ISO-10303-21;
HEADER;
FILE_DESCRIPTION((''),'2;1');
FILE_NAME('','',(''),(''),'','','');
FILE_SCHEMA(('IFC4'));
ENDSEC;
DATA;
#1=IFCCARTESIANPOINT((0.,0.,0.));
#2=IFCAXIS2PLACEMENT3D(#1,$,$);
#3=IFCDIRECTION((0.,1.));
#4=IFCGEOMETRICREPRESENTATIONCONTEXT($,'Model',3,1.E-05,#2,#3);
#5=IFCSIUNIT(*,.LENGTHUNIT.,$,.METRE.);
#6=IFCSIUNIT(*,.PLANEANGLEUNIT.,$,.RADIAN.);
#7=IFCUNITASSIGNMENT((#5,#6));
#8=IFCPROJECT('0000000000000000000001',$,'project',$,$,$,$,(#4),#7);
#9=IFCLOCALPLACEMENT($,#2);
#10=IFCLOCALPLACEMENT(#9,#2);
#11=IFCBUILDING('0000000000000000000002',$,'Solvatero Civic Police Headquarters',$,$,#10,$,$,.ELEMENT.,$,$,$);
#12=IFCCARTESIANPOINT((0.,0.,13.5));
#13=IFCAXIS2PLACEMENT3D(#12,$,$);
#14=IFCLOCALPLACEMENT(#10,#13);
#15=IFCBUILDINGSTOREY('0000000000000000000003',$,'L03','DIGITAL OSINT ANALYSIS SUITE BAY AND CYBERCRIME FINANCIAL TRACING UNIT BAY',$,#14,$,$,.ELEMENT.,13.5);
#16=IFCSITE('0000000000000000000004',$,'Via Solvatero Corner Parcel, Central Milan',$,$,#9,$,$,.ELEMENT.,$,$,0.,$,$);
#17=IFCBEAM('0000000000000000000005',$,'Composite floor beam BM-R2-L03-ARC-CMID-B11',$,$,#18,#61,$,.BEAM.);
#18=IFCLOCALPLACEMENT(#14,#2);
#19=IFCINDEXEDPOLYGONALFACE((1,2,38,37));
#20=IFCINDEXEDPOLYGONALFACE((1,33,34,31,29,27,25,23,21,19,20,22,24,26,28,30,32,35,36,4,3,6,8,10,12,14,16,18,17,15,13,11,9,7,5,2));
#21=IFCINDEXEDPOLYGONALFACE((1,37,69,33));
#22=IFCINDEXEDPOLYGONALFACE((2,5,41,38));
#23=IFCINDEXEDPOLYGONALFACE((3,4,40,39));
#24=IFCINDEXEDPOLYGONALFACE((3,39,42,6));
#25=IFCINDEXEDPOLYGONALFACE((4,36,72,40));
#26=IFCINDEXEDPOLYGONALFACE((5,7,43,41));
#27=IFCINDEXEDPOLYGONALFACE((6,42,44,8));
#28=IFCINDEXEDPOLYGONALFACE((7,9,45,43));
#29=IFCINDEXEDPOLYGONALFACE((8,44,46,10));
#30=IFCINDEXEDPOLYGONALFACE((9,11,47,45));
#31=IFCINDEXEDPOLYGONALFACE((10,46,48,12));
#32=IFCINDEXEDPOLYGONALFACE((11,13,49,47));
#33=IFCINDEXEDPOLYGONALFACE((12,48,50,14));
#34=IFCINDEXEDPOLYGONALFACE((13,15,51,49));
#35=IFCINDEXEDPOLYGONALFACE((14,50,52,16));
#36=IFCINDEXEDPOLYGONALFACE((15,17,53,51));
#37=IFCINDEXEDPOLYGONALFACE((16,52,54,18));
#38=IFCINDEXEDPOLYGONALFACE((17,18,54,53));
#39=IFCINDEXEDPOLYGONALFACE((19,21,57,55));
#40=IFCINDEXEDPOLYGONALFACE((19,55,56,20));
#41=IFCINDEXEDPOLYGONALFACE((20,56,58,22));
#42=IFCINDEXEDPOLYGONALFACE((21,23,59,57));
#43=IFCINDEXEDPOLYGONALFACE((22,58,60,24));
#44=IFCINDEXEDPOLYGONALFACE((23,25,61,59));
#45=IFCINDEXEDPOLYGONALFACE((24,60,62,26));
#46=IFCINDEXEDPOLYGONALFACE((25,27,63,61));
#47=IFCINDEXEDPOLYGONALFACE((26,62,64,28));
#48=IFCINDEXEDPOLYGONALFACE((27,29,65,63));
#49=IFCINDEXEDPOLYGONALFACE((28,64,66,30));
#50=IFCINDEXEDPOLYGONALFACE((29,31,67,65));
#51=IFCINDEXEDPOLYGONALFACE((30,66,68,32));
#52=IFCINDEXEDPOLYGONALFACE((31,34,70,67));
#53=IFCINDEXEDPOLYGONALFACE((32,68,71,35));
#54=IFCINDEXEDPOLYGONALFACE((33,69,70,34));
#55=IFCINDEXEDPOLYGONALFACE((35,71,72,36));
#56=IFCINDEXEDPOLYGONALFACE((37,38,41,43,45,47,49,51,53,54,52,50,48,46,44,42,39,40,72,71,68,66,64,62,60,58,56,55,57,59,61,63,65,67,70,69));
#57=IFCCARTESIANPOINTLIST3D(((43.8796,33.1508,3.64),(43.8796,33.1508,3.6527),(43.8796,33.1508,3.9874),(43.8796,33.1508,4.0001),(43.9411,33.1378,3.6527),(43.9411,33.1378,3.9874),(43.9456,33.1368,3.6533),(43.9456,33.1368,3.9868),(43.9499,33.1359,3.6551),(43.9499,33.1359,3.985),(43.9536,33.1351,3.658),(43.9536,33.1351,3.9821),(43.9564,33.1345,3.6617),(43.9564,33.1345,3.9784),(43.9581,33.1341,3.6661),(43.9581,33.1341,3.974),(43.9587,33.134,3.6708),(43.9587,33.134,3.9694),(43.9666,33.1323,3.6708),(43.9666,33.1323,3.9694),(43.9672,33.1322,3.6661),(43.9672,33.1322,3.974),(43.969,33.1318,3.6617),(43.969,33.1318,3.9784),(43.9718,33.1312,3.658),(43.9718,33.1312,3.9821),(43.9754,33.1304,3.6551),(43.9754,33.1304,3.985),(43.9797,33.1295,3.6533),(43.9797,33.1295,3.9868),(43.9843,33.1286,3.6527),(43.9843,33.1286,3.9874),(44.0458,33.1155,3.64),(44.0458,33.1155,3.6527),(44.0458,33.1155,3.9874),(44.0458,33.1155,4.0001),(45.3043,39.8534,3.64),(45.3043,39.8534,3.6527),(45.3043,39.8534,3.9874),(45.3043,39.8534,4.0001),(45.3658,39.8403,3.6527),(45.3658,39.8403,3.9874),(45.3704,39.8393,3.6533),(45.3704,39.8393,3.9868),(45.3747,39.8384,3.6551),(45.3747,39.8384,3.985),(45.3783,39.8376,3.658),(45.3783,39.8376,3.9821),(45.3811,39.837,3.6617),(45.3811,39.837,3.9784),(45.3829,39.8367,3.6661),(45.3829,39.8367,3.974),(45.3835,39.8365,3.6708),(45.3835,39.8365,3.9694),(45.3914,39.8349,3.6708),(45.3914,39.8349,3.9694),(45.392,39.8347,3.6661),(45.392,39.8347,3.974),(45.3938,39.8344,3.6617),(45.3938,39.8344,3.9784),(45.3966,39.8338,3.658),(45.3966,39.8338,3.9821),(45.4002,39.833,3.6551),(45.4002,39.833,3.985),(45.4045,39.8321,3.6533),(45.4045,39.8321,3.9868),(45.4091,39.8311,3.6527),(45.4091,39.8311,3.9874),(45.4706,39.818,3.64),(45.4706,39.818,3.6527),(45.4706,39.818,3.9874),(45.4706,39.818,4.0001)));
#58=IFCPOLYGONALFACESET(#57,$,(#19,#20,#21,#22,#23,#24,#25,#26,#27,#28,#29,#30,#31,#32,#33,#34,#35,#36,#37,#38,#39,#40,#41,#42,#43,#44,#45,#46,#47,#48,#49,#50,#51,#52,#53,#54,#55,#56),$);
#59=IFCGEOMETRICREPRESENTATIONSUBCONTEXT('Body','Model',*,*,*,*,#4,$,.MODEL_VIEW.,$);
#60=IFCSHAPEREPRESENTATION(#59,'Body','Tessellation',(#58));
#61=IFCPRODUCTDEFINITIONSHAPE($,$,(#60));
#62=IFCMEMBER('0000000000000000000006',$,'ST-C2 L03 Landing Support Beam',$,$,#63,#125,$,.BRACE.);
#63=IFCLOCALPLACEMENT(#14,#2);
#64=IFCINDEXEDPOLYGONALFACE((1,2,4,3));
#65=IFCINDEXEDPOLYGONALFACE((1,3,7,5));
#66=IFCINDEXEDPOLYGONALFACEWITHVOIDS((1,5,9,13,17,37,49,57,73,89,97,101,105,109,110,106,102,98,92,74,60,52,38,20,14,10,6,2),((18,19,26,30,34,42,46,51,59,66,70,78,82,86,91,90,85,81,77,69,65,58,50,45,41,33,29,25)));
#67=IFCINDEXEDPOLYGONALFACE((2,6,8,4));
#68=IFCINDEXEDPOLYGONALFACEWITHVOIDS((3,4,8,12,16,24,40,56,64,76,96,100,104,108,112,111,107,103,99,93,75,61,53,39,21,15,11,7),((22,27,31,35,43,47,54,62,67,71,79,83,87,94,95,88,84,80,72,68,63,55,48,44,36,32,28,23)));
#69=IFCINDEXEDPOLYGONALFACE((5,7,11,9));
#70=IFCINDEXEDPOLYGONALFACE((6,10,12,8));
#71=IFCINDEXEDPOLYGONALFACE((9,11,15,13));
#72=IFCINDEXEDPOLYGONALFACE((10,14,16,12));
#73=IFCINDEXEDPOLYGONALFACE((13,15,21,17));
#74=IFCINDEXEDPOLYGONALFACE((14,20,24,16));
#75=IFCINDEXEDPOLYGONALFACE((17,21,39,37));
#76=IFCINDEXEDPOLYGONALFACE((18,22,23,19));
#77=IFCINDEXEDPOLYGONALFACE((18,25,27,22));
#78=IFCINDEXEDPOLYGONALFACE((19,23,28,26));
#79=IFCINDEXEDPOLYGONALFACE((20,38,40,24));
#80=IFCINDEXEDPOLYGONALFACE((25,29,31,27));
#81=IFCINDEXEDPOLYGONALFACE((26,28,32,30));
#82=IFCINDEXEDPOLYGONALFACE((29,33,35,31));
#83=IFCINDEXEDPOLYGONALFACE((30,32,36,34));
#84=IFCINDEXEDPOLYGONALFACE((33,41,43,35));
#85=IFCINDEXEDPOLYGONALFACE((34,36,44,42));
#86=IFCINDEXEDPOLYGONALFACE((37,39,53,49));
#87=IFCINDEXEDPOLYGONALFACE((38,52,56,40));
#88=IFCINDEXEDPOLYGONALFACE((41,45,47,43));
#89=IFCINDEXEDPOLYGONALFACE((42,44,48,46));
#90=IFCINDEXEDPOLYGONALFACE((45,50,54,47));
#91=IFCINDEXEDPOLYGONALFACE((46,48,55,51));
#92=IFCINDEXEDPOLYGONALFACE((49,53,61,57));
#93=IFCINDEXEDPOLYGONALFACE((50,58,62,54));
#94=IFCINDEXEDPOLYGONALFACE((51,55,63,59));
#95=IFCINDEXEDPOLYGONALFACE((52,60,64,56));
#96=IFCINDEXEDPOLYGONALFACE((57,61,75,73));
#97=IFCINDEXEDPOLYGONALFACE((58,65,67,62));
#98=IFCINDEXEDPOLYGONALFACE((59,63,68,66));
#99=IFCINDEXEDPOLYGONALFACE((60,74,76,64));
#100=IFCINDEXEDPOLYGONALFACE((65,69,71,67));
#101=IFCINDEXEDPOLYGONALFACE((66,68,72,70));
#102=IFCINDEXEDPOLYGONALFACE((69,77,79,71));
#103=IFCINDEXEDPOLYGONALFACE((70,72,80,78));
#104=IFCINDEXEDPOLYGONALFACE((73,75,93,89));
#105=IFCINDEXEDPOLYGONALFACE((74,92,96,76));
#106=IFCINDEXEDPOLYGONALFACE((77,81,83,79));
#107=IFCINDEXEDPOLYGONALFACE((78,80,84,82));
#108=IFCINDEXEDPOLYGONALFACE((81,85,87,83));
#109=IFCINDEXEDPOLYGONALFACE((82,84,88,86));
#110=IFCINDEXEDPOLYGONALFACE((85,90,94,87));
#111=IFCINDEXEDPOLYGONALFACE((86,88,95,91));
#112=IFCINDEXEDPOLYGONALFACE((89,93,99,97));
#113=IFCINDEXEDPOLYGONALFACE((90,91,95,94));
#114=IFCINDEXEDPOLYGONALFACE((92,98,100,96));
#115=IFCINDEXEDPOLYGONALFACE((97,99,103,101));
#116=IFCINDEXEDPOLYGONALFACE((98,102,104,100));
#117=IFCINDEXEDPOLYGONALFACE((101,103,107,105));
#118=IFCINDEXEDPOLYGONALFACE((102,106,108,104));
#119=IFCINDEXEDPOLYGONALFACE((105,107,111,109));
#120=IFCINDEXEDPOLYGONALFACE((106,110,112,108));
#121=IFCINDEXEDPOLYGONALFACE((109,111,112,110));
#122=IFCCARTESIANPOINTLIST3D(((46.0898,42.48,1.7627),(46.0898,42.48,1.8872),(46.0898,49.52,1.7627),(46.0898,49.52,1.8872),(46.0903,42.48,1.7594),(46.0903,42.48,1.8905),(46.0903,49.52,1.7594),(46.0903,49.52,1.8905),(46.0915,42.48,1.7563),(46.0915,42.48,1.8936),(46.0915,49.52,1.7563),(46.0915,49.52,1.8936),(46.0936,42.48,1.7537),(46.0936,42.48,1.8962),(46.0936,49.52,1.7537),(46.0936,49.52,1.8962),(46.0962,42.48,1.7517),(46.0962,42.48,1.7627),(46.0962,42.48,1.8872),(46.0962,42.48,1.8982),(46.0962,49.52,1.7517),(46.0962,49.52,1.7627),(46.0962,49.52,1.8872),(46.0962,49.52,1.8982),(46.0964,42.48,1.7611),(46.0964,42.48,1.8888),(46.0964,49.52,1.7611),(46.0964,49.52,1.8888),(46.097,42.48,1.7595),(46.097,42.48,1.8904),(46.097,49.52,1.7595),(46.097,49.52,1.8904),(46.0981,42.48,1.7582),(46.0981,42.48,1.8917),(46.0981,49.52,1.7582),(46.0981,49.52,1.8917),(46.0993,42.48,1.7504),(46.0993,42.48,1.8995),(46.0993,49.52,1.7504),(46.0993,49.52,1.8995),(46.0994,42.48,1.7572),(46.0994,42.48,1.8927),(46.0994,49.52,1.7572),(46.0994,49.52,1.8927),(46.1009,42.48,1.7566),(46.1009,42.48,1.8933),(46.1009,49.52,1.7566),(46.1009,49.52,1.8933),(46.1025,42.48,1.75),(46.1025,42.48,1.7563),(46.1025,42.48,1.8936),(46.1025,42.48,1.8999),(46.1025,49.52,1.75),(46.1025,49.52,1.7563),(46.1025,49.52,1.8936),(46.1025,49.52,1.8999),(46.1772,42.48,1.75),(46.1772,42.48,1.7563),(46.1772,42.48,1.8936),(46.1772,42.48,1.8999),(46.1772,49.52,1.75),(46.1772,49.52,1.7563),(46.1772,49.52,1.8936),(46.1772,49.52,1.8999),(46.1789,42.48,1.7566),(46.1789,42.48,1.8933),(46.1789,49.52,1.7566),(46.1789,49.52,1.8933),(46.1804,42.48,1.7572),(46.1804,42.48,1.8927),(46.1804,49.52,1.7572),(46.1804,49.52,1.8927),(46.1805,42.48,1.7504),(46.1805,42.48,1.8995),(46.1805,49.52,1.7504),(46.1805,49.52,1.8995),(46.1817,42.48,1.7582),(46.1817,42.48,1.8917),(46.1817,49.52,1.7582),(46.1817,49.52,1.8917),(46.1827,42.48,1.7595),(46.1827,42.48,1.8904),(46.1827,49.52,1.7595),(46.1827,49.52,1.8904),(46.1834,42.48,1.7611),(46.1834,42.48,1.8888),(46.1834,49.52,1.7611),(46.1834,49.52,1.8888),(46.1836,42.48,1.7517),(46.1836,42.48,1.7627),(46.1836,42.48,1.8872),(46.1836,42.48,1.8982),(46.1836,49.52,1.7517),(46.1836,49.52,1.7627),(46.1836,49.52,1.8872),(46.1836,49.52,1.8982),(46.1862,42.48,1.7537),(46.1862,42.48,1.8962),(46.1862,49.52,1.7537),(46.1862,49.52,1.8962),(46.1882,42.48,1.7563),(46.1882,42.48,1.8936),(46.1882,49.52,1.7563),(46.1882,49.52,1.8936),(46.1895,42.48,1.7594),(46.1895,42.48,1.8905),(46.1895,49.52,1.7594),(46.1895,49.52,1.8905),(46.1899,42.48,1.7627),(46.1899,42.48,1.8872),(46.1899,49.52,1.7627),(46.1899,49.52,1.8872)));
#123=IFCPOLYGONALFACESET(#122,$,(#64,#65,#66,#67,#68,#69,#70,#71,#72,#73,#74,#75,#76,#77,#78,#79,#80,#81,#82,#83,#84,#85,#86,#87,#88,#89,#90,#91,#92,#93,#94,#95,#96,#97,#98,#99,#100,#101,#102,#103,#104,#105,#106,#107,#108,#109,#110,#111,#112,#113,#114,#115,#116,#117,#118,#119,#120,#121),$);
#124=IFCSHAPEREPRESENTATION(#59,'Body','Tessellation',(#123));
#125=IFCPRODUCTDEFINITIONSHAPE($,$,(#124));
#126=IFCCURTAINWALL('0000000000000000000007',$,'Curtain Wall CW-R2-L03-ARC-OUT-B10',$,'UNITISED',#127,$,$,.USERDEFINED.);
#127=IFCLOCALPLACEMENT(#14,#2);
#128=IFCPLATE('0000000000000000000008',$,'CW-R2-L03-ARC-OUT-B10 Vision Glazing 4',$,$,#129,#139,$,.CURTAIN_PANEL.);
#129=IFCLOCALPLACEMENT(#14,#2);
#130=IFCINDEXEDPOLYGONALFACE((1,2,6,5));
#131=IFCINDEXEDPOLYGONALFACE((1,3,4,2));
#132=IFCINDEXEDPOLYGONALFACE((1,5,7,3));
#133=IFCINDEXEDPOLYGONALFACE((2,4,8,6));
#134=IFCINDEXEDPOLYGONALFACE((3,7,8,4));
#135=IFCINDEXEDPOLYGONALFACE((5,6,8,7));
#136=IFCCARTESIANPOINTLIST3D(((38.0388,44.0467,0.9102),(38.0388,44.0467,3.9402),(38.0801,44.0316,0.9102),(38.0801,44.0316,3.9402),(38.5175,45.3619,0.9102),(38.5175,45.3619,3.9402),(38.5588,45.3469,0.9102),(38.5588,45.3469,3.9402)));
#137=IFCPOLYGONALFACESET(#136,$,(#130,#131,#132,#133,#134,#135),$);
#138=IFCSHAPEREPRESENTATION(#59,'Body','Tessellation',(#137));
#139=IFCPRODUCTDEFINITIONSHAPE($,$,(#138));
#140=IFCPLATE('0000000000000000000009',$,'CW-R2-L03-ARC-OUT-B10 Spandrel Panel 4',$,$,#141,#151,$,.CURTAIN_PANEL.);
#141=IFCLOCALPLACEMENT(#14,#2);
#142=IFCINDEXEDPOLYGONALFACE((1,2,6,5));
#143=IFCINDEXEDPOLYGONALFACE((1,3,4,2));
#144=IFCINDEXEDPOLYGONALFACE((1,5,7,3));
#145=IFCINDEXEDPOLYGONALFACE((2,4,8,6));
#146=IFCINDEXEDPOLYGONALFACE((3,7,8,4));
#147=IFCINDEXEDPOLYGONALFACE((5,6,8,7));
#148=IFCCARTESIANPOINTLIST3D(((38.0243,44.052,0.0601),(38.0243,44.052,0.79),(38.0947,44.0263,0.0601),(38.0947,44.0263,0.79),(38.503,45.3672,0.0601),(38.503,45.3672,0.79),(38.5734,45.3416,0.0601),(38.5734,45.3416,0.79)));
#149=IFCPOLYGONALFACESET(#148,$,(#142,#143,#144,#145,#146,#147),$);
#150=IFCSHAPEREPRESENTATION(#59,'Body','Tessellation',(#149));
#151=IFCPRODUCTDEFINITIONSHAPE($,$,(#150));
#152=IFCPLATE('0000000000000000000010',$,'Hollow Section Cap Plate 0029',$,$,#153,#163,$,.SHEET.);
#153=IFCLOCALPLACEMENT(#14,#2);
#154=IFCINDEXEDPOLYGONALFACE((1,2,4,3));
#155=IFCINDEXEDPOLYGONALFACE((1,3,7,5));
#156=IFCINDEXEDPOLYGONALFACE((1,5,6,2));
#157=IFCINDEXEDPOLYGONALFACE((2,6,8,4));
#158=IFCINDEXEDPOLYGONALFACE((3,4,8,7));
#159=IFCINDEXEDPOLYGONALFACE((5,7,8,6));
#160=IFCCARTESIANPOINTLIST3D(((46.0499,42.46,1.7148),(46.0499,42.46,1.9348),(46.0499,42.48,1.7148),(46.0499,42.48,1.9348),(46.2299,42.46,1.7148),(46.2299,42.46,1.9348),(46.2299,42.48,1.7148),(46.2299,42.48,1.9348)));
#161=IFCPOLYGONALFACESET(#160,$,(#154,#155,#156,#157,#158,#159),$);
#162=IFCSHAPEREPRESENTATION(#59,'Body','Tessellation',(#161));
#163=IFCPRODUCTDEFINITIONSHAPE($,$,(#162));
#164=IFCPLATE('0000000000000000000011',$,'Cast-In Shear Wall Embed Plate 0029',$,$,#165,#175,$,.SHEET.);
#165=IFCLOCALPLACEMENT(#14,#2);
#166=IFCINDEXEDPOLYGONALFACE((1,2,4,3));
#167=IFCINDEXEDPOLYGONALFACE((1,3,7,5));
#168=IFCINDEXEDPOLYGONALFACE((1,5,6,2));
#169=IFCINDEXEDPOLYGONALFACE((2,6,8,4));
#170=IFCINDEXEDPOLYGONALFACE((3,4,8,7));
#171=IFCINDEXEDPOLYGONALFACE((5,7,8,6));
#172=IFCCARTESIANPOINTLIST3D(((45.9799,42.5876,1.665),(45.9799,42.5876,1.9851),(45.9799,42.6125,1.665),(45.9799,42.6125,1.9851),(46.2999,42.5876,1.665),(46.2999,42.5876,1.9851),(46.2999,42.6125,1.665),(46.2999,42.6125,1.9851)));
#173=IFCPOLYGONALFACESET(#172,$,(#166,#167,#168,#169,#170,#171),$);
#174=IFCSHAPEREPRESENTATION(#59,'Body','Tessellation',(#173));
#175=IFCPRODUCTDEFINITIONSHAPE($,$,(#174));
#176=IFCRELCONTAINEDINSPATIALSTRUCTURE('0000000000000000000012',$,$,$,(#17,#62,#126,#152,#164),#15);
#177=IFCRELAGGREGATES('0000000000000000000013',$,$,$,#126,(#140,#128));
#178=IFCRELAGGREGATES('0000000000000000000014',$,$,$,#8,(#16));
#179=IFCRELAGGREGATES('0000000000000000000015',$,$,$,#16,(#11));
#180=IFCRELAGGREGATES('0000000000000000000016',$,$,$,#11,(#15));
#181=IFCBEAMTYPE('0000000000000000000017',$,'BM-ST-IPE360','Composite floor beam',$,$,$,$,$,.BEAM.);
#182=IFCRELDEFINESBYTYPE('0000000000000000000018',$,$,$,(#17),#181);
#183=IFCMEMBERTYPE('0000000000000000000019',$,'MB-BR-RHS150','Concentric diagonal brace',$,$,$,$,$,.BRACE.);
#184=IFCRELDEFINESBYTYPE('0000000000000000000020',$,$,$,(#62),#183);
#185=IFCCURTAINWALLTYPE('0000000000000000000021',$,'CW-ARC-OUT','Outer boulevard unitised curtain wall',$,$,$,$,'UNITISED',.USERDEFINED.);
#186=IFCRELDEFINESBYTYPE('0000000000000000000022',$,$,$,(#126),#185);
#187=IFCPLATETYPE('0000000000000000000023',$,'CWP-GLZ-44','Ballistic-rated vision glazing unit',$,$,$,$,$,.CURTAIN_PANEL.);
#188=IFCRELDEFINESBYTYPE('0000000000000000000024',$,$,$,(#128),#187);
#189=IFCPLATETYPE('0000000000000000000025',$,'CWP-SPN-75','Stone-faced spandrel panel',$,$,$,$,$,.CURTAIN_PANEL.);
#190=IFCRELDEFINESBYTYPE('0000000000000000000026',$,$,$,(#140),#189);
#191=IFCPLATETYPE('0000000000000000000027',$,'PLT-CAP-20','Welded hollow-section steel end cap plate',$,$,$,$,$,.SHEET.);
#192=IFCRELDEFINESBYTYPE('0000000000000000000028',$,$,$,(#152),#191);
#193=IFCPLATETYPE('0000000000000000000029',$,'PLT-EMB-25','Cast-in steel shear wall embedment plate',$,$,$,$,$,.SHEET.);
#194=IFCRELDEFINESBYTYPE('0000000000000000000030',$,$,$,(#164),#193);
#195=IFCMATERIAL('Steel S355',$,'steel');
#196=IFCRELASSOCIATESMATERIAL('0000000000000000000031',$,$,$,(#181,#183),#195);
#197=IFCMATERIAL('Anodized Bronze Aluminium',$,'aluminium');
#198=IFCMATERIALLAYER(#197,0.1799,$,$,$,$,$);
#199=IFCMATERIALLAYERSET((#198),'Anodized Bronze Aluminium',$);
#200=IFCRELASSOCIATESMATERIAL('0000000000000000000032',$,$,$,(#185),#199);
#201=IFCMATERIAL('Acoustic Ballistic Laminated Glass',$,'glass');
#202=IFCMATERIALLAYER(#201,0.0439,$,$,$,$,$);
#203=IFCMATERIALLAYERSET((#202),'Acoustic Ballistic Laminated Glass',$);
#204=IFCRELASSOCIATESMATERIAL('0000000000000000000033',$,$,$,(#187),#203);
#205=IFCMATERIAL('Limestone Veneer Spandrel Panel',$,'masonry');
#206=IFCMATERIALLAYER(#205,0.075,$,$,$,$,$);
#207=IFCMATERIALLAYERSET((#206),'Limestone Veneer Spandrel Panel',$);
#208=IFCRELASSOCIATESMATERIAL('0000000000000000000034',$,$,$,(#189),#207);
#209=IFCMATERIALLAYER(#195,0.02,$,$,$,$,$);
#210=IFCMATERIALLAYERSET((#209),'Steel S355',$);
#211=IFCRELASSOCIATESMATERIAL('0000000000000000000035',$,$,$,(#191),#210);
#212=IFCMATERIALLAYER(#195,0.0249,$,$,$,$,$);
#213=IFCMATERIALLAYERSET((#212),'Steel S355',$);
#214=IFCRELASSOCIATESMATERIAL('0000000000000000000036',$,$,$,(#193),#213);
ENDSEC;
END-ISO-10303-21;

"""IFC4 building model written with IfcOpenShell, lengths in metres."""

from ifc_helpers import new_model, si_unit, direction, frame, origin, origin_2d, place, context, subcontext, project, spatial, rectangle, hollow_rectangle, i_section, extrude, material, layer, layer_set, material_profile, profile_set, type_object, element, aggregate, save


model = new_model("IFC4")

# Units and contexts
model_context = context("Model", 3, precision=1e-05, world=origin(), true_north=direction((0.0, 1.0)))
body_context = subcontext(model_context, "Body", "Model", "MODEL_VIEW")
ifc_project = project(units=[si_unit("LENGTHUNIT", "METRE"), si_unit("PLANEANGLEUNIT", "RADIAN")], contexts=[model_context])

# Site, building, storey
site_placement = place(None, origin())
site = spatial("IfcSite", under=ifc_project, at=site_placement, Name="Via Solvatero Corner Parcel, Central Milan", CompositionType="ELEMENT", RefElevation=0.0)
building_placement = place(site_placement, origin())
building = spatial("IfcBuilding", under=site, at=building_placement, Name="Solvatero Civic Police Headquarters", CompositionType="ELEMENT")
storey_placement = place(building_placement, frame((0.0, 0.0, 13.5)))
storey = spatial("IfcBuildingStorey", under=building, at=storey_placement, Name="L03", Description="DIGITAL OSINT ANALYSIS SUITE BAY AND CYBERCRIME FINANCIAL TRACING UNIT BAY", CompositionType="ELEMENT", Elevation=13.5)

# Shared definitions
ifc_material_1 = material(Name="Steel S355", Category="steel")

# Beam
ifc_material_profile_1 = material_profile(ifc_material_1, i_section(OverallWidth=0.1699, OverallDepth=0.3601, WebThickness=0.0081, FlangeThickness=0.0127, FilletRadius=0.0181, at=origin_2d()), Name="IPE 360")
ifc_profile_set_1 = profile_set([ifc_material_profile_1], Name="Steel S355")
beam_type_1 = type_object("IfcBeamType", Name="BM-ST-IPE360", Description="Composite floor beam", PredefinedType="BEAM", material=ifc_profile_set_1)
beam_1_placement = place(storey_placement, frame((45.3875, 39.8357, 3.8201), z_axis=(-0.207928, -0.978144, 0.0), x_axis=(0.978144, -0.207928, 0.0)))
element("IfcBeam", 1, at=beam_1_placement, inside=storey, type_object=beam_type_1, Name="Composite floor beam BM-R2-L03-ARC-CMID-B11", PredefinedType="BEAM", context=body_context, shape_type="SweptSolid", body=[
    extrude(i_section(OverallWidth=0.1699, OverallDepth=0.3601, WebThickness=0.0081, FlangeThickness=0.0127, FilletRadius=0.0181, at=origin_2d()), origin(), (0.0, 0.0, 1.0), 6.8523),
])

# Member
ifc_material_profile_2 = material_profile(ifc_material_1, hollow_rectangle(XDim=0.1001, YDim=0.1499, WallThickness=0.0063, InnerFilletRadius=0.0063, OuterFilletRadius=0.0127, at=origin_2d()), Name="RHS 150x100x6.3")
ifc_profile_set_2 = profile_set([ifc_material_profile_2], Name="Steel S355")
member_type = type_object("IfcMemberType", Name="MB-BR-RHS150", Description="Concentric diagonal brace", PredefinedType="BRACE", material=ifc_profile_set_2)
member_placement = place(storey_placement, frame((46.1399, 42.48, 1.825), z_axis=(0.0, 1.0, 0.0), x_axis=(-1.0, 0.0, 0.0)))
element("IfcMember", 2, at=member_placement, inside=storey, type_object=member_type, Name="ST-C2 L03 Landing Support Beam", PredefinedType="BRACE", context=body_context, shape_type="SweptSolid", body=[
    extrude(hollow_rectangle(XDim=0.1001, YDim=0.1499, WallThickness=0.0063, InnerFilletRadius=0.0063, OuterFilletRadius=0.0127, at=origin_2d()), origin(), (0.0, 0.0, 1.0), 7.04),
])

# Curtain wall, plates
ifc_material_2 = material(Name="Anodized Bronze Aluminium", Category="aluminium")
ifc_layer_1 = layer(ifc_material_2, 0.1799)
ifc_layer_set_1 = layer_set([ifc_layer_1], Name="Anodized Bronze Aluminium")
curtain_wall_type = type_object("IfcCurtainWallType", Name="CW-ARC-OUT", Description="Outer boulevard unitised curtain wall", ElementType="UNITISED", PredefinedType="USERDEFINED", material=ifc_layer_set_1)
curtain_wall_placement = place(storey_placement, origin())
curtain_wall = element("IfcCurtainWall", 3, at=curtain_wall_placement, inside=storey, type_object=curtain_wall_type, Name="Curtain Wall CW-R2-L03-ARC-OUT-B10", ObjectType="UNITISED", PredefinedType="USERDEFINED")
ifc_material_3 = material(Name="Acoustic Ballistic Laminated Glass", Category="glass")
ifc_layer_2 = layer(ifc_material_3, 0.0439)
ifc_layer_set_2 = layer_set([ifc_layer_2], Name="Acoustic Ballistic Laminated Glass")
plate_type_1 = type_object("IfcPlateType", Name="CWP-GLZ-44", Description="Ballistic-rated vision glazing unit", PredefinedType="CURTAIN_PANEL", material=ifc_layer_set_2)
plate_1_placement = place(storey_placement, frame((38.2988, 44.6968, 0.9102), z_axis=(0.0, 0.0, 1.0), x_axis=(-0.34202, -0.939693, 0.0)))
plate_1 = element("IfcPlate", 4, at=plate_1_placement, type_object=plate_type_1, Name="CW-R2-L03-ARC-OUT-B10 Vision Glazing 4", PredefinedType="CURTAIN_PANEL", context=body_context, shape_type="SweptSolid", body=[
    extrude(rectangle(XDim=1.3997, YDim=0.0439, at=origin_2d()), origin(), (0.0, 0.0, 1.0), 3.03),
])
ifc_material_4 = material(Name="Limestone Veneer Spandrel Panel", Category="masonry")
ifc_layer_3 = layer(ifc_material_4, 0.075)
ifc_layer_set_3 = layer_set([ifc_layer_3], Name="Limestone Veneer Spandrel Panel")
plate_type_2 = type_object("IfcPlateType", Name="CWP-SPN-75", Description="Stone-faced spandrel panel", PredefinedType="CURTAIN_PANEL", material=ifc_layer_set_3)
plate_2_placement = place(storey_placement, frame((38.2988, 44.6968, 0.0601), z_axis=(0.0, 0.0, 1.0), x_axis=(-0.34202, -0.939693, 0.0)))
plate_2 = element("IfcPlate", 5, at=plate_2_placement, type_object=plate_type_2, Name="CW-R2-L03-ARC-OUT-B10 Spandrel Panel 4", PredefinedType="CURTAIN_PANEL", context=body_context, shape_type="SweptSolid", body=[
    extrude(rectangle(XDim=1.3997, YDim=0.075, at=origin_2d()), origin(), (0.0, 0.0, 1.0), 0.73),
])
aggregate(curtain_wall, [plate_2, plate_1])

# Plates
ifc_layer_4 = layer(ifc_material_1, 0.02)
ifc_layer_set_4 = layer_set([ifc_layer_4], Name="Steel S355")
plate_type_3 = type_object("IfcPlateType", Name="PLT-CAP-20", Description="Welded hollow-section steel end cap plate", PredefinedType="SHEET", material=ifc_layer_set_4)
plate_3_placement = place(storey_placement, frame((46.1399, 42.47, 1.7148), z_axis=(0.0, 0.0, 1.0), x_axis=(1.0, 0.0, 0.0)))
element("IfcPlate", 6, at=plate_3_placement, inside=storey, type_object=plate_type_3, Name="Hollow Section Cap Plate 0029", PredefinedType="SHEET", context=body_context, shape_type="SweptSolid", body=[
    extrude(rectangle(XDim=0.1799, YDim=0.02, at=origin_2d()), origin(), (0.0, 0.0, 1.0), 0.22),
])
ifc_layer_5 = layer(ifc_material_1, 0.0249)
ifc_layer_set_5 = layer_set([ifc_layer_5], Name="Steel S355")
plate_type_4 = type_object("IfcPlateType", Name="PLT-EMB-25", Description="Cast-in steel shear wall embedment plate", PredefinedType="SHEET", material=ifc_layer_set_5)
plate_4_placement = place(storey_placement, frame((46.1399, 42.6001, 1.665), z_axis=(0.0, 0.0, 1.0), x_axis=(1.0, 0.0, 0.0)))
element("IfcPlate", 7, at=plate_4_placement, inside=storey, type_object=plate_type_4, Name="Cast-In Shear Wall Embed Plate 0029", PredefinedType="SHEET", context=body_context, shape_type="SweptSolid", body=[
    extrude(rectangle(XDim=0.3201, YDim=0.0249, at=origin_2d()), origin(), (0.0, 0.0, 1.0), 0.3201),
])

save(model, "model.ifc")
